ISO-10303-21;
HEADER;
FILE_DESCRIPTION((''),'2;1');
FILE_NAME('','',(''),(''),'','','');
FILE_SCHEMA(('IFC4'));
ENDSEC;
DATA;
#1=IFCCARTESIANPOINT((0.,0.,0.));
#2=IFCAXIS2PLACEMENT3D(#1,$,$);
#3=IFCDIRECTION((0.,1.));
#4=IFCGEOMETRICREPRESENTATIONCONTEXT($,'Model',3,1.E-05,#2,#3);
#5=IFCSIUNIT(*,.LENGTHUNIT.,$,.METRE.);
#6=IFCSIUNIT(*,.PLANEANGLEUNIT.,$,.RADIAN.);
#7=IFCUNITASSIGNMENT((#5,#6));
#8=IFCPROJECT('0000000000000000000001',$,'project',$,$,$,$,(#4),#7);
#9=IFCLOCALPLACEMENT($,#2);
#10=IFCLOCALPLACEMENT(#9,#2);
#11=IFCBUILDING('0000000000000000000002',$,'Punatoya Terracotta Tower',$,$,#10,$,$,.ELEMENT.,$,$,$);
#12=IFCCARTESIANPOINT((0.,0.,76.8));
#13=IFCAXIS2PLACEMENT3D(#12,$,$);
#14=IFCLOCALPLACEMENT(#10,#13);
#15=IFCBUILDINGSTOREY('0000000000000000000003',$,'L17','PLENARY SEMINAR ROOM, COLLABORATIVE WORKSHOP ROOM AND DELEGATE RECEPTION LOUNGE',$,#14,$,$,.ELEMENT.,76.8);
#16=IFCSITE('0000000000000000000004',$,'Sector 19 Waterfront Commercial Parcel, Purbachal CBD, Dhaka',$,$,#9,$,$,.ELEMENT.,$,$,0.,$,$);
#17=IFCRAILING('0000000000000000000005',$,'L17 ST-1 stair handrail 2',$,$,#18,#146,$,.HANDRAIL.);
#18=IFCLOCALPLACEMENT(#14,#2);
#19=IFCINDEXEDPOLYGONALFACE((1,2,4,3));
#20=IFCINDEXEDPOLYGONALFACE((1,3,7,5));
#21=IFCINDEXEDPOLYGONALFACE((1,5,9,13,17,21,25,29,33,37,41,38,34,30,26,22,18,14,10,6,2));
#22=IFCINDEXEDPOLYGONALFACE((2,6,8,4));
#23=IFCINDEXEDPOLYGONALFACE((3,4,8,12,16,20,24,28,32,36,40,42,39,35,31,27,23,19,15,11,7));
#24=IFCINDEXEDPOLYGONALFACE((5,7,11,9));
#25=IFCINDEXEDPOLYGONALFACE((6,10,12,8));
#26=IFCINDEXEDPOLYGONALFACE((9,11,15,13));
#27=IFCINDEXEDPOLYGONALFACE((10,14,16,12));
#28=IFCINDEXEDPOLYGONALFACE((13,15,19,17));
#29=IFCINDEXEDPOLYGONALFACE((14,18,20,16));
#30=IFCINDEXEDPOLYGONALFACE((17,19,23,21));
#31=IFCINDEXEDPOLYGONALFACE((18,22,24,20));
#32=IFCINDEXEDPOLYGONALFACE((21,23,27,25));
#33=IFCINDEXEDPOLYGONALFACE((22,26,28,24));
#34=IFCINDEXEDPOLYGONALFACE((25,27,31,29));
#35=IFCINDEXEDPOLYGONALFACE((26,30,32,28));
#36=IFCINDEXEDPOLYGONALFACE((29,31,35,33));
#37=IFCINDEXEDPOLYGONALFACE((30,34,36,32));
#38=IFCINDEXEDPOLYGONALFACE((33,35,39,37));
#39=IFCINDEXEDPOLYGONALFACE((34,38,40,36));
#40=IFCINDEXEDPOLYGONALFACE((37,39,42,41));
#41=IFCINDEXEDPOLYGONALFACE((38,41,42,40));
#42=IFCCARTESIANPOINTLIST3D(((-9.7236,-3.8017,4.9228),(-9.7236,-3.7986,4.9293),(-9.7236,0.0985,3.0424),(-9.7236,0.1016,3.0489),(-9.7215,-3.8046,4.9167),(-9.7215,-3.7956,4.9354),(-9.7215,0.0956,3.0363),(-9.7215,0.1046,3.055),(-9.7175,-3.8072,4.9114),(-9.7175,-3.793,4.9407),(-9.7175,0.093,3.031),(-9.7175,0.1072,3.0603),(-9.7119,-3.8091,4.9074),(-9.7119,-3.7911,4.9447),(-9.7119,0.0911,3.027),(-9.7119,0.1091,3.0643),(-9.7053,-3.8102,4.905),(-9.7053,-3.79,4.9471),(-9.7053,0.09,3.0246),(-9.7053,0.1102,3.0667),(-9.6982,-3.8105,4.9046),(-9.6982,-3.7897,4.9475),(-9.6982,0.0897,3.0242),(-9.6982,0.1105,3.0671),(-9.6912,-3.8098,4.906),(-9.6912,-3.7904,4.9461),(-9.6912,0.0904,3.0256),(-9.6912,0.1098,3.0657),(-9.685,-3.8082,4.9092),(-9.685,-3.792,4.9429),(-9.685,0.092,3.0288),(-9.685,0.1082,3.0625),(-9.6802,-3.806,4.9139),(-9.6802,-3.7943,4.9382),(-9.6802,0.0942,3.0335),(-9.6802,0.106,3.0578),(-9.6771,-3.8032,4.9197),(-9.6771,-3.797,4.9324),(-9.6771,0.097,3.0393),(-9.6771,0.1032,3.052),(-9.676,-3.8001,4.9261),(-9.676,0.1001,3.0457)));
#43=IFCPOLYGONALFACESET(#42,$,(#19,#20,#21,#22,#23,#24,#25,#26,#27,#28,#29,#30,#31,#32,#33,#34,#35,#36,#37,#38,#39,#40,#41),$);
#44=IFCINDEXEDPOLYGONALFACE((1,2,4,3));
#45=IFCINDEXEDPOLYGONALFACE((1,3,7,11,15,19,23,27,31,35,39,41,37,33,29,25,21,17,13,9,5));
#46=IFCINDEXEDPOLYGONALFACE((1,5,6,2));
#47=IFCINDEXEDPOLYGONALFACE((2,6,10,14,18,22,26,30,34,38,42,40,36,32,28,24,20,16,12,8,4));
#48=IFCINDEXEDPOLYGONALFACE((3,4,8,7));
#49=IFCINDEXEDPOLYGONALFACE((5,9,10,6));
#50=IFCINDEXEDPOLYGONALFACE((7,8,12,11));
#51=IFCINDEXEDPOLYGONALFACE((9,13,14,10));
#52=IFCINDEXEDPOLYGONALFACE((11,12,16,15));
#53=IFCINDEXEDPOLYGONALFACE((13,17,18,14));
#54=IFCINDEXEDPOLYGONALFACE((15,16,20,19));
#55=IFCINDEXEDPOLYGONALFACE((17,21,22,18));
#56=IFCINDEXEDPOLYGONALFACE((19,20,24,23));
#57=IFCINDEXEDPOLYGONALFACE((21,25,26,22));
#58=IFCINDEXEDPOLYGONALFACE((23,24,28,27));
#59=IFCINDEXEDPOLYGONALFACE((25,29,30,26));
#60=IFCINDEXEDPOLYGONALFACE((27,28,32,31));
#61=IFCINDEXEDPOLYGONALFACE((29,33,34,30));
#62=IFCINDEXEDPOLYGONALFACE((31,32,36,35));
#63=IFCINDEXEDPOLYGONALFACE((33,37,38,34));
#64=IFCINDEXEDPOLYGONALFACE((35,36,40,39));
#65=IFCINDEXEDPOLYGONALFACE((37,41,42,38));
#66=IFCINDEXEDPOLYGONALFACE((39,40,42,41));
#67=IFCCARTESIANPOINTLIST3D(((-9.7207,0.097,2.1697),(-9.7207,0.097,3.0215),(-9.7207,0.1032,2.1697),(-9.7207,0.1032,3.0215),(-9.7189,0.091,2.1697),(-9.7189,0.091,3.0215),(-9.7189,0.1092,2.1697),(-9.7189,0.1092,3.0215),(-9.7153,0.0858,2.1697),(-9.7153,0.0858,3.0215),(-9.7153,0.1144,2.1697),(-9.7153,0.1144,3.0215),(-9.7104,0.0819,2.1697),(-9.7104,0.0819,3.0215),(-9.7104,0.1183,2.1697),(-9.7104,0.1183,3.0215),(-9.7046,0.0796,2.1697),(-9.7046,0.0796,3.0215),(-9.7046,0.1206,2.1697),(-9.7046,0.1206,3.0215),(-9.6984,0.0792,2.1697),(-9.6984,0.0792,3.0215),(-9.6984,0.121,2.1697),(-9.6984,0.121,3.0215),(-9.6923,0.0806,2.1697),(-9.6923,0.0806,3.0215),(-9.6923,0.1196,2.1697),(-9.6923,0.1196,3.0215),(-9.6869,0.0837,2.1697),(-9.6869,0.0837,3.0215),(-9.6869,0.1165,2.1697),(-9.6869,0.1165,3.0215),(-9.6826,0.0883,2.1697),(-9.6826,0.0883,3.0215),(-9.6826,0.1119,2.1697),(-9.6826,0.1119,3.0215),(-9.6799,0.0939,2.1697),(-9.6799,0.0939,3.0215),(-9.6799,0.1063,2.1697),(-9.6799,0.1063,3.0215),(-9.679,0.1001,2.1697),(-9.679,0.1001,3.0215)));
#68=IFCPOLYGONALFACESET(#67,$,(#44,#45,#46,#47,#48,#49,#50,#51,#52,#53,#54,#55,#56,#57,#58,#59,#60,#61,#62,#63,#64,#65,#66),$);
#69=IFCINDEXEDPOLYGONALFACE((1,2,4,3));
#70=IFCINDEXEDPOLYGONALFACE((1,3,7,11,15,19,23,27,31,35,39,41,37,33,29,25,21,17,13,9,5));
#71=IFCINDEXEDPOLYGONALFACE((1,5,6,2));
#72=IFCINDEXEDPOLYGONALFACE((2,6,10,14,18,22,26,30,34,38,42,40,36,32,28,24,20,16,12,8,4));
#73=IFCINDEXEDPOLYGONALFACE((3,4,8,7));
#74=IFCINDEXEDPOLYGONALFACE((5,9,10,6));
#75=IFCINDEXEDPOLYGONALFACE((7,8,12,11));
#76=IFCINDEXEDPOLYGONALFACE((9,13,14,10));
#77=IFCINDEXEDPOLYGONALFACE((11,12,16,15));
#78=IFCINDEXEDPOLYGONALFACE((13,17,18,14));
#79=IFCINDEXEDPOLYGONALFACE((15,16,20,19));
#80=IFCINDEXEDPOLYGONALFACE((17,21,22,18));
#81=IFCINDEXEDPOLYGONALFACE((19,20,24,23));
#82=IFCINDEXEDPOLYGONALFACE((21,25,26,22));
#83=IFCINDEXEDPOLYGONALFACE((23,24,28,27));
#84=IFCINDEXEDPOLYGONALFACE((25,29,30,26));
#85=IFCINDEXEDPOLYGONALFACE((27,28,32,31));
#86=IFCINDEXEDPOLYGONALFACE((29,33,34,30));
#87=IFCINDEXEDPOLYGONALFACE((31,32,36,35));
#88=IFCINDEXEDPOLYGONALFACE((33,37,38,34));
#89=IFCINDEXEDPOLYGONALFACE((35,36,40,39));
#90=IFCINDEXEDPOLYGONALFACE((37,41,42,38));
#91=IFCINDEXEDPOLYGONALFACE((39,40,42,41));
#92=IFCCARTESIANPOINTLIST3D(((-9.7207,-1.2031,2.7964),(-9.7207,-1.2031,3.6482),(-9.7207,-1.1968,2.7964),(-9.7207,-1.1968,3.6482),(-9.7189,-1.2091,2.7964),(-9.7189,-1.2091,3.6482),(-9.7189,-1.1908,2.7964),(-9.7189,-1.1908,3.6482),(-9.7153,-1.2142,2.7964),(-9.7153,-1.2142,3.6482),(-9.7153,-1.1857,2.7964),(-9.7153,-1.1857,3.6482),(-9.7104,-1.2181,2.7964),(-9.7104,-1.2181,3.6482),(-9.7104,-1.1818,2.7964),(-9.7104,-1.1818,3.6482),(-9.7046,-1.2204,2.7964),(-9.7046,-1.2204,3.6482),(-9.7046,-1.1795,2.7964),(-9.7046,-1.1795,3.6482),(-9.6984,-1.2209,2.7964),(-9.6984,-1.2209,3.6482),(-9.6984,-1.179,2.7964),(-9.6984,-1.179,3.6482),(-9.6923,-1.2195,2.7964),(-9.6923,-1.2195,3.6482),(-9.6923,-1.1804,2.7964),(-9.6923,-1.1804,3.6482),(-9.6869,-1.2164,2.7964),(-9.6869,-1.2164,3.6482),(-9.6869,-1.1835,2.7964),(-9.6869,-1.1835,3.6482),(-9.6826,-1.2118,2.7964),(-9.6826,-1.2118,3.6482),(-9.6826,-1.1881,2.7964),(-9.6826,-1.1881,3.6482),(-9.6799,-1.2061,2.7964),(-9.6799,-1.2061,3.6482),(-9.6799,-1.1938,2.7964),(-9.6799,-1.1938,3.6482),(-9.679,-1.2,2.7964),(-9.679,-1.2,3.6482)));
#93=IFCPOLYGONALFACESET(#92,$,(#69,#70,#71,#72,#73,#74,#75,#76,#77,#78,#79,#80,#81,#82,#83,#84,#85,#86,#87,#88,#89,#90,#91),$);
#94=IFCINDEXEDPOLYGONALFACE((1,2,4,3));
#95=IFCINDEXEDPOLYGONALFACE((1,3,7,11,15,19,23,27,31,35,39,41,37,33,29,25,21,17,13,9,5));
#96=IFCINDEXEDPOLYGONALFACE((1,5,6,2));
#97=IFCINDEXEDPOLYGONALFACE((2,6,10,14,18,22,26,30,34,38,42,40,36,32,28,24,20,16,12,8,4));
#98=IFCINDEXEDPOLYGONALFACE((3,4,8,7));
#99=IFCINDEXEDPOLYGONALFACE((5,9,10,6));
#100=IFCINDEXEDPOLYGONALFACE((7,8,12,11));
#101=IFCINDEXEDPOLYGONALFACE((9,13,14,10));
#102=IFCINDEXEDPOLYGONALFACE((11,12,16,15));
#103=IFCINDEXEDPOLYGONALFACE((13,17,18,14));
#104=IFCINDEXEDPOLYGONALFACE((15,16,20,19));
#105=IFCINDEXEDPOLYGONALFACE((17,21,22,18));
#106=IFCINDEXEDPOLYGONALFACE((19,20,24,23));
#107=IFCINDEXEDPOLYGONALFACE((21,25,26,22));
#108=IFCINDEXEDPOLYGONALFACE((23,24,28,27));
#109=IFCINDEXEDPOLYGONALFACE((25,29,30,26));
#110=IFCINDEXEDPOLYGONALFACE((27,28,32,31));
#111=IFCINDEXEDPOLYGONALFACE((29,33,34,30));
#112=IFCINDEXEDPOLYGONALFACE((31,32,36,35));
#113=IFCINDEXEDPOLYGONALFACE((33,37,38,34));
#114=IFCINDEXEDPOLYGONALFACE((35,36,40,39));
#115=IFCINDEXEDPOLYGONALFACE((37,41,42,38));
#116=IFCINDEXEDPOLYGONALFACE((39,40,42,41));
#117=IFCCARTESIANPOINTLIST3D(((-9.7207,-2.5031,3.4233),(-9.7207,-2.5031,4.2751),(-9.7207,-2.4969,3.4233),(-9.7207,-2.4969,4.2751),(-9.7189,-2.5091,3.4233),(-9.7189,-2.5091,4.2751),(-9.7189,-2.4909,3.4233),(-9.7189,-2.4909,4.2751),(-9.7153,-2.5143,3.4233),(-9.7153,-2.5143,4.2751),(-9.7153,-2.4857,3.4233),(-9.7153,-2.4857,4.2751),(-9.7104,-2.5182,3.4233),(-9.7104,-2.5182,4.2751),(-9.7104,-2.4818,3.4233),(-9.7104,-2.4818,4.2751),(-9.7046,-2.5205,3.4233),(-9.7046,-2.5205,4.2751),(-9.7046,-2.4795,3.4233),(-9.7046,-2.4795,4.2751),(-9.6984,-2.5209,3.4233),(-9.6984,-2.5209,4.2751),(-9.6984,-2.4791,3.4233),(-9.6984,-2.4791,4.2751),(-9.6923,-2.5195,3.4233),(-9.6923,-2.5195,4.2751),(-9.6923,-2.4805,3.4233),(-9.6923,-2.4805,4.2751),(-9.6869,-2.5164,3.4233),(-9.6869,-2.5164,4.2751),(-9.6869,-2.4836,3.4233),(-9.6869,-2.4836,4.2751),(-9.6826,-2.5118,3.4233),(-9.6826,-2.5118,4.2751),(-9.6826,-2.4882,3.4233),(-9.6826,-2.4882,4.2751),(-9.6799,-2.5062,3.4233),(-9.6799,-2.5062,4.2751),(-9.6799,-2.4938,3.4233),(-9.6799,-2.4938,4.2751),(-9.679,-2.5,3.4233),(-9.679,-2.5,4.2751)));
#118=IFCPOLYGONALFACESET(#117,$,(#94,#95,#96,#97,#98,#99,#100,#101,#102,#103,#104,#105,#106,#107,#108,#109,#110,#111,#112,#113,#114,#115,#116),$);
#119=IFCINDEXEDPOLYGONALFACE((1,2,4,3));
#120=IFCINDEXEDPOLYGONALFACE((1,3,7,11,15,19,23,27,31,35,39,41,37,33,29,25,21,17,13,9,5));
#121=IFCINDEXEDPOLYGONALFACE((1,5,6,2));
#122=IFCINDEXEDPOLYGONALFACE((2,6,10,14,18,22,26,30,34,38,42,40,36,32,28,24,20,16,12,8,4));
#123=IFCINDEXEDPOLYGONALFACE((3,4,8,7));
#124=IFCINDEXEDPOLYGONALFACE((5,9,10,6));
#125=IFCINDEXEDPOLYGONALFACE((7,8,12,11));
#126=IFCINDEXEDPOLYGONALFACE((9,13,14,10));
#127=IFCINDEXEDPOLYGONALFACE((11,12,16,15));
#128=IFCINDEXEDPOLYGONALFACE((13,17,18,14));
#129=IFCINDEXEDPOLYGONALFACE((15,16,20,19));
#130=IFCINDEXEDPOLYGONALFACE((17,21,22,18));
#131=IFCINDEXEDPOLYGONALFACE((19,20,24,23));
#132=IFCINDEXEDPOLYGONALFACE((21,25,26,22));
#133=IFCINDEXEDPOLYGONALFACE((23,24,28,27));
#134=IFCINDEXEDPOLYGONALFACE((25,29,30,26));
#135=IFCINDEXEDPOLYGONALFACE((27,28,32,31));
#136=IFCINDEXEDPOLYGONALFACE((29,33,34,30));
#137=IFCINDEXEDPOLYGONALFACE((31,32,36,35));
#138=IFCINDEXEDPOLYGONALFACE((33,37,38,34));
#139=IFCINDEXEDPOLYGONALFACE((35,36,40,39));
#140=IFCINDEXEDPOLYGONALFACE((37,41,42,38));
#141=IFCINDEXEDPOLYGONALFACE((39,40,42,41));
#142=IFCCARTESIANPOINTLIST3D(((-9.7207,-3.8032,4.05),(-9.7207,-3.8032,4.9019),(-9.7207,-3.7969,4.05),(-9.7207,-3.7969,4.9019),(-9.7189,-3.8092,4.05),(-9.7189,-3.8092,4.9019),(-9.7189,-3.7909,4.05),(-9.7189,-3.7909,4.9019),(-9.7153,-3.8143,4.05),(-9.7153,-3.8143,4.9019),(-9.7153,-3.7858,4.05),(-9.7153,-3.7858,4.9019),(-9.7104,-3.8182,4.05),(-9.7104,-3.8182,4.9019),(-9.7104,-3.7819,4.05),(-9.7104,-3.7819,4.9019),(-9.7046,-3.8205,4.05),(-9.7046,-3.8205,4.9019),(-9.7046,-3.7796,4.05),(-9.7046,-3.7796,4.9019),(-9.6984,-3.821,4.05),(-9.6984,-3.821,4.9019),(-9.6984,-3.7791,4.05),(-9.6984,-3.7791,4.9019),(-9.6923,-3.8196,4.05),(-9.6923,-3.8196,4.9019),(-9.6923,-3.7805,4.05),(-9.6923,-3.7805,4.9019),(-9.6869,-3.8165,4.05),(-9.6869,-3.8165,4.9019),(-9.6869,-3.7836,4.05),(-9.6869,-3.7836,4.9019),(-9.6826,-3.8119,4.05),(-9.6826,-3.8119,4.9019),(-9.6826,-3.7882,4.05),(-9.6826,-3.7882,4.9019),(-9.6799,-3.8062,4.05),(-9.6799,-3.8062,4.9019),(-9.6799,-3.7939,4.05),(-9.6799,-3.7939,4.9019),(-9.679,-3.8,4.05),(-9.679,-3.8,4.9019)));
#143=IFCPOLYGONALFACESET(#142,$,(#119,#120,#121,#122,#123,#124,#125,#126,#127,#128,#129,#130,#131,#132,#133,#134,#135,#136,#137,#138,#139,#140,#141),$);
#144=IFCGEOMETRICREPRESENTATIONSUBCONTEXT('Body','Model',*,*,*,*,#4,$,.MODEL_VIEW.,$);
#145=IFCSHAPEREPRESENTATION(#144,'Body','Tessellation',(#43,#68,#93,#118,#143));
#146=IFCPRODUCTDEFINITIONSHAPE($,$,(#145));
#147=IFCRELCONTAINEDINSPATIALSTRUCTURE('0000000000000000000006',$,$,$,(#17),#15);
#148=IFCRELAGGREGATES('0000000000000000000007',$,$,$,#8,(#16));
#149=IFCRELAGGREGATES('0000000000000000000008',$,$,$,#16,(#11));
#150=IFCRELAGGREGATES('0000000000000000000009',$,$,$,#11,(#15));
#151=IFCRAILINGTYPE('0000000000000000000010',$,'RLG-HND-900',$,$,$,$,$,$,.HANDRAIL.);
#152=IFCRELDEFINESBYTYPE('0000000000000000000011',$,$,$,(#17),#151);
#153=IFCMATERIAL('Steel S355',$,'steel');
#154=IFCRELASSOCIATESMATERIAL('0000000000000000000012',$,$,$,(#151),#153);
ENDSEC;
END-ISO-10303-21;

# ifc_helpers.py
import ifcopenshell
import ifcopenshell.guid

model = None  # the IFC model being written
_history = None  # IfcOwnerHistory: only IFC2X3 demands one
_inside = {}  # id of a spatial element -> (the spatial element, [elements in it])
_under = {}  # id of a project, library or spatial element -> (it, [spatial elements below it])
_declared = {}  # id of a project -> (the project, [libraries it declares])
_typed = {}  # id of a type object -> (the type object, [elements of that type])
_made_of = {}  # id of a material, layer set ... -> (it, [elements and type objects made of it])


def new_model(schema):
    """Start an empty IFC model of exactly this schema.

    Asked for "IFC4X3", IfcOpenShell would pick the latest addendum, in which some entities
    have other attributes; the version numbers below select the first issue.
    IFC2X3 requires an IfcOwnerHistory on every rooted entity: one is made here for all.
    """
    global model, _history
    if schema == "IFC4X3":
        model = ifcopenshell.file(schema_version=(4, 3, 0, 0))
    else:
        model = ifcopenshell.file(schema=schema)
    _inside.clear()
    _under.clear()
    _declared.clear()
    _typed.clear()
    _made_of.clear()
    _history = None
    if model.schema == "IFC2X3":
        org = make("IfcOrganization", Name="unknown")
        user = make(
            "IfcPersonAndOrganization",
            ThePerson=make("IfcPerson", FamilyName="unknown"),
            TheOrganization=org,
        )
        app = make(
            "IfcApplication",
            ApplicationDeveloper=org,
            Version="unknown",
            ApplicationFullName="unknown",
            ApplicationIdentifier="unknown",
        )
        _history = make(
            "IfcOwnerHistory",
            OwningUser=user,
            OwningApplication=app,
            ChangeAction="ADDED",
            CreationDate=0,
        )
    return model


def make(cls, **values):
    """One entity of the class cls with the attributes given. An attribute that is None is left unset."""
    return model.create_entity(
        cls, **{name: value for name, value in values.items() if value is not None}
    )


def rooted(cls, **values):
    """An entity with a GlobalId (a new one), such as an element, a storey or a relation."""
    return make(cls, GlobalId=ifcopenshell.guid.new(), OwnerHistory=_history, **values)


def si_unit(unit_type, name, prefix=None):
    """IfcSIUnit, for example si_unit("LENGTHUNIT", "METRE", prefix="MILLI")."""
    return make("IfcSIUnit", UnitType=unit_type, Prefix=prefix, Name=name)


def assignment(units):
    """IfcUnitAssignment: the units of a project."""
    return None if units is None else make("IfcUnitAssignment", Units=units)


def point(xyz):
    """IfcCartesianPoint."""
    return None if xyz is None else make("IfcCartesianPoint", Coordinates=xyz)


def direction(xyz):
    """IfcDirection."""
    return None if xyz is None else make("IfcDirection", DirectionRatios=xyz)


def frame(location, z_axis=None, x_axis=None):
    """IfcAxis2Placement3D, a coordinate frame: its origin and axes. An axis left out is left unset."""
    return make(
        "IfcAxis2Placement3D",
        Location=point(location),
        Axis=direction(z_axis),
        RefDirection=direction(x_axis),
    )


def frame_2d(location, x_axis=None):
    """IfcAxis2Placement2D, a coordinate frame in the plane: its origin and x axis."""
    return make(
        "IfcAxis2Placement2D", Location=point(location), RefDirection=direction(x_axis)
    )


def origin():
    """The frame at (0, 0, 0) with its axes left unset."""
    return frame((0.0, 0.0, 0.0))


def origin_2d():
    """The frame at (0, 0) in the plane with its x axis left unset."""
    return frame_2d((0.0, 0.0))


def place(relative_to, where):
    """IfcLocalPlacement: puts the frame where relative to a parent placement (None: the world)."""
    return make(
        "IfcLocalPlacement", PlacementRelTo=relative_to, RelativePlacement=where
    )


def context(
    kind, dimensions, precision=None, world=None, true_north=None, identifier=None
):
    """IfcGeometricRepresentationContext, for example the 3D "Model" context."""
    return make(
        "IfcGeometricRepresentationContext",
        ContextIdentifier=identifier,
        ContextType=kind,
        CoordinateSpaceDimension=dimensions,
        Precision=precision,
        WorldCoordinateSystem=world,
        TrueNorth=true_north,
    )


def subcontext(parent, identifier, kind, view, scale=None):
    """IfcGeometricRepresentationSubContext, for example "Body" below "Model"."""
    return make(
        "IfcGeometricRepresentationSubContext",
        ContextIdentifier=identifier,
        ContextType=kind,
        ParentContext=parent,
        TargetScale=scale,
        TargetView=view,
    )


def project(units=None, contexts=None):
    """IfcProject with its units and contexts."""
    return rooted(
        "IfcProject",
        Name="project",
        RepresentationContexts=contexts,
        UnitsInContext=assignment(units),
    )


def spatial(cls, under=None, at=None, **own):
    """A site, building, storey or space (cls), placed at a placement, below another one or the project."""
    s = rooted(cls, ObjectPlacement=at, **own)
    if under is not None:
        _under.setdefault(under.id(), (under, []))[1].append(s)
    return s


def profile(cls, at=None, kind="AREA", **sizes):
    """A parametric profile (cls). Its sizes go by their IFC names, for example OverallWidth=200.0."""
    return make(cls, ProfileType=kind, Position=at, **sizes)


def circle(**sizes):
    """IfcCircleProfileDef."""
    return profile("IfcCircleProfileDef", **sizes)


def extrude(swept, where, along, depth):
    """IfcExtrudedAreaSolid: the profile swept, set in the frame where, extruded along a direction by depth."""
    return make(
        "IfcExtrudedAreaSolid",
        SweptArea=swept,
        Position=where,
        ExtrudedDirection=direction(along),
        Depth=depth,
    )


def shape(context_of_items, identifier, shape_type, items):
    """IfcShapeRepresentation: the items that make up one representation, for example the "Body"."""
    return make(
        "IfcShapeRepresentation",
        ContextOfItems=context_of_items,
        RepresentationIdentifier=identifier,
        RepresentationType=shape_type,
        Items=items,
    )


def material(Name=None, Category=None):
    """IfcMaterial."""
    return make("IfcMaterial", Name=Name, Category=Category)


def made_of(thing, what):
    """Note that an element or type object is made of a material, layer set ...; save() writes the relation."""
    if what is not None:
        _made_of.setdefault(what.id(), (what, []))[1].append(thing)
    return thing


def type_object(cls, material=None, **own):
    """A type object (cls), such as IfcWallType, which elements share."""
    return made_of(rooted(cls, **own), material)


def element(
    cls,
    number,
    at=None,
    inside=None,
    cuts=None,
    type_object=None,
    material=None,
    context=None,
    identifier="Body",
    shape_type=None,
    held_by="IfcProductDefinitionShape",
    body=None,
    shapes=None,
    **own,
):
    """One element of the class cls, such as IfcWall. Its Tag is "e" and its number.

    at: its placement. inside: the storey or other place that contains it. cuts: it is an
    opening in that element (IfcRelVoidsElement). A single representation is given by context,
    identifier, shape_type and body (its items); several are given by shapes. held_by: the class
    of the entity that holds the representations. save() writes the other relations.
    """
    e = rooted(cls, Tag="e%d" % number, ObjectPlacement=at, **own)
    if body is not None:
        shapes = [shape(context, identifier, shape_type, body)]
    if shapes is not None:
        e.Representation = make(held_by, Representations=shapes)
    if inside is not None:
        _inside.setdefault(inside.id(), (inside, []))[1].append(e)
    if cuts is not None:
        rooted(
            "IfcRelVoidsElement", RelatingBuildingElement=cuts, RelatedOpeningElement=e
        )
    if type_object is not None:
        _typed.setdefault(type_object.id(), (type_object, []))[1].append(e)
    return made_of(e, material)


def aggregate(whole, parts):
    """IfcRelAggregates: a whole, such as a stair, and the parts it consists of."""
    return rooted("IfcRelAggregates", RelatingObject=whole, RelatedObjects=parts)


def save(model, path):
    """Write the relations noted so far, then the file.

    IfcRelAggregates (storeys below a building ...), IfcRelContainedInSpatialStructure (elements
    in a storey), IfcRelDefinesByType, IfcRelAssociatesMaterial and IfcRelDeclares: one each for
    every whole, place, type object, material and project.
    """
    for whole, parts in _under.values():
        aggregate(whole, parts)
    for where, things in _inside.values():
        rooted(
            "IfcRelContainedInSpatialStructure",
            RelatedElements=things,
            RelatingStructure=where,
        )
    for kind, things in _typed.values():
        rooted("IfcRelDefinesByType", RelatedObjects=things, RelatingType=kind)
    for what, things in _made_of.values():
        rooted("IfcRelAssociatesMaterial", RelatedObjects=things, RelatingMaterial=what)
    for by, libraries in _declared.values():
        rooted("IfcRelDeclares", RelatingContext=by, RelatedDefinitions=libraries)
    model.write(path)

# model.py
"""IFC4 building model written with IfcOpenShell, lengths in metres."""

from ifc_helpers import new_model, si_unit, direction, frame, origin, origin_2d, place, context, subcontext, project, spatial, circle, extrude, material, type_object, element, save


model = new_model("IFC4")

# Units and contexts
model_context = context("Model", 3, precision=1e-05, world=origin(), true_north=direction((0.0, 1.0)))
body_context = subcontext(model_context, "Body", "Model", "MODEL_VIEW")
ifc_project = project(units=[si_unit("LENGTHUNIT", "METRE"), si_unit("PLANEANGLEUNIT", "RADIAN")], contexts=[model_context])

# Site, building, storey
site_placement = place(None, origin())
site = spatial("IfcSite", under=ifc_project, at=site_placement, Name="Sector 19 Waterfront Commercial Parcel, Purbachal CBD, Dhaka", CompositionType="ELEMENT", RefElevation=0.0)
building_placement = place(site_placement, origin())
building = spatial("IfcBuilding", under=site, at=building_placement, Name="Punatoya Terracotta Tower", CompositionType="ELEMENT")
storey_placement = place(building_placement, frame((0.0, 0.0, 76.8)))
storey = spatial("IfcBuildingStorey", under=building, at=storey_placement, Name="L17", Description="PLENARY SEMINAR ROOM, COLLABORATIVE WORKSHOP ROOM AND DELEGATE RECEPTION LOUNGE", CompositionType="ELEMENT", Elevation=76.8)

# Shared definitions
ifc_material_1 = material(Name="Steel S355", Category="steel")

# Railing
railing_type_1 = type_object("IfcRailingType", Name="RLG-HND-900", PredefinedType="HANDRAIL", material=ifc_material_1)
railing_1_placement = place(storey_placement, frame((-9.7, 0.1001, 2.1697)))
element("IfcRailing", 1, at=railing_1_placement, inside=storey, type_object=railing_type_1, Name="L17 ST-1 stair handrail 2", PredefinedType="HANDRAIL", context=body_context, shape_type="SweptSolid", body=[
    extrude(circle(Radius=0.0239, at=origin_2d()), frame((0.0, 0.0, 0.876), z_axis=(0.0, -0.900774, 0.434289), x_axis=(1.0, 0.0, 0.0)), (0.0, 0.0, 1.0), 4.3298),
    extrude(circle(Radius=0.021, at=origin_2d()), origin(), (0.0, 0.0, 1.0), 0.8518),
    extrude(circle(Radius=0.021, at=origin_2d()), frame((0.0, -1.3, 0.6267)), (0.0, 0.0, 1.0), 0.8518),
    extrude(circle(Radius=0.021, at=origin_2d()), frame((0.0, -2.6001, 1.2537)), (0.0, 0.0, 1.0), 0.8518),
    extrude(circle(Radius=0.021, at=origin_2d()), frame((0.0, -3.9001, 1.8804)), (0.0, 0.0, 1.0), 0.8518),
])

save(model, "model.ifc")
